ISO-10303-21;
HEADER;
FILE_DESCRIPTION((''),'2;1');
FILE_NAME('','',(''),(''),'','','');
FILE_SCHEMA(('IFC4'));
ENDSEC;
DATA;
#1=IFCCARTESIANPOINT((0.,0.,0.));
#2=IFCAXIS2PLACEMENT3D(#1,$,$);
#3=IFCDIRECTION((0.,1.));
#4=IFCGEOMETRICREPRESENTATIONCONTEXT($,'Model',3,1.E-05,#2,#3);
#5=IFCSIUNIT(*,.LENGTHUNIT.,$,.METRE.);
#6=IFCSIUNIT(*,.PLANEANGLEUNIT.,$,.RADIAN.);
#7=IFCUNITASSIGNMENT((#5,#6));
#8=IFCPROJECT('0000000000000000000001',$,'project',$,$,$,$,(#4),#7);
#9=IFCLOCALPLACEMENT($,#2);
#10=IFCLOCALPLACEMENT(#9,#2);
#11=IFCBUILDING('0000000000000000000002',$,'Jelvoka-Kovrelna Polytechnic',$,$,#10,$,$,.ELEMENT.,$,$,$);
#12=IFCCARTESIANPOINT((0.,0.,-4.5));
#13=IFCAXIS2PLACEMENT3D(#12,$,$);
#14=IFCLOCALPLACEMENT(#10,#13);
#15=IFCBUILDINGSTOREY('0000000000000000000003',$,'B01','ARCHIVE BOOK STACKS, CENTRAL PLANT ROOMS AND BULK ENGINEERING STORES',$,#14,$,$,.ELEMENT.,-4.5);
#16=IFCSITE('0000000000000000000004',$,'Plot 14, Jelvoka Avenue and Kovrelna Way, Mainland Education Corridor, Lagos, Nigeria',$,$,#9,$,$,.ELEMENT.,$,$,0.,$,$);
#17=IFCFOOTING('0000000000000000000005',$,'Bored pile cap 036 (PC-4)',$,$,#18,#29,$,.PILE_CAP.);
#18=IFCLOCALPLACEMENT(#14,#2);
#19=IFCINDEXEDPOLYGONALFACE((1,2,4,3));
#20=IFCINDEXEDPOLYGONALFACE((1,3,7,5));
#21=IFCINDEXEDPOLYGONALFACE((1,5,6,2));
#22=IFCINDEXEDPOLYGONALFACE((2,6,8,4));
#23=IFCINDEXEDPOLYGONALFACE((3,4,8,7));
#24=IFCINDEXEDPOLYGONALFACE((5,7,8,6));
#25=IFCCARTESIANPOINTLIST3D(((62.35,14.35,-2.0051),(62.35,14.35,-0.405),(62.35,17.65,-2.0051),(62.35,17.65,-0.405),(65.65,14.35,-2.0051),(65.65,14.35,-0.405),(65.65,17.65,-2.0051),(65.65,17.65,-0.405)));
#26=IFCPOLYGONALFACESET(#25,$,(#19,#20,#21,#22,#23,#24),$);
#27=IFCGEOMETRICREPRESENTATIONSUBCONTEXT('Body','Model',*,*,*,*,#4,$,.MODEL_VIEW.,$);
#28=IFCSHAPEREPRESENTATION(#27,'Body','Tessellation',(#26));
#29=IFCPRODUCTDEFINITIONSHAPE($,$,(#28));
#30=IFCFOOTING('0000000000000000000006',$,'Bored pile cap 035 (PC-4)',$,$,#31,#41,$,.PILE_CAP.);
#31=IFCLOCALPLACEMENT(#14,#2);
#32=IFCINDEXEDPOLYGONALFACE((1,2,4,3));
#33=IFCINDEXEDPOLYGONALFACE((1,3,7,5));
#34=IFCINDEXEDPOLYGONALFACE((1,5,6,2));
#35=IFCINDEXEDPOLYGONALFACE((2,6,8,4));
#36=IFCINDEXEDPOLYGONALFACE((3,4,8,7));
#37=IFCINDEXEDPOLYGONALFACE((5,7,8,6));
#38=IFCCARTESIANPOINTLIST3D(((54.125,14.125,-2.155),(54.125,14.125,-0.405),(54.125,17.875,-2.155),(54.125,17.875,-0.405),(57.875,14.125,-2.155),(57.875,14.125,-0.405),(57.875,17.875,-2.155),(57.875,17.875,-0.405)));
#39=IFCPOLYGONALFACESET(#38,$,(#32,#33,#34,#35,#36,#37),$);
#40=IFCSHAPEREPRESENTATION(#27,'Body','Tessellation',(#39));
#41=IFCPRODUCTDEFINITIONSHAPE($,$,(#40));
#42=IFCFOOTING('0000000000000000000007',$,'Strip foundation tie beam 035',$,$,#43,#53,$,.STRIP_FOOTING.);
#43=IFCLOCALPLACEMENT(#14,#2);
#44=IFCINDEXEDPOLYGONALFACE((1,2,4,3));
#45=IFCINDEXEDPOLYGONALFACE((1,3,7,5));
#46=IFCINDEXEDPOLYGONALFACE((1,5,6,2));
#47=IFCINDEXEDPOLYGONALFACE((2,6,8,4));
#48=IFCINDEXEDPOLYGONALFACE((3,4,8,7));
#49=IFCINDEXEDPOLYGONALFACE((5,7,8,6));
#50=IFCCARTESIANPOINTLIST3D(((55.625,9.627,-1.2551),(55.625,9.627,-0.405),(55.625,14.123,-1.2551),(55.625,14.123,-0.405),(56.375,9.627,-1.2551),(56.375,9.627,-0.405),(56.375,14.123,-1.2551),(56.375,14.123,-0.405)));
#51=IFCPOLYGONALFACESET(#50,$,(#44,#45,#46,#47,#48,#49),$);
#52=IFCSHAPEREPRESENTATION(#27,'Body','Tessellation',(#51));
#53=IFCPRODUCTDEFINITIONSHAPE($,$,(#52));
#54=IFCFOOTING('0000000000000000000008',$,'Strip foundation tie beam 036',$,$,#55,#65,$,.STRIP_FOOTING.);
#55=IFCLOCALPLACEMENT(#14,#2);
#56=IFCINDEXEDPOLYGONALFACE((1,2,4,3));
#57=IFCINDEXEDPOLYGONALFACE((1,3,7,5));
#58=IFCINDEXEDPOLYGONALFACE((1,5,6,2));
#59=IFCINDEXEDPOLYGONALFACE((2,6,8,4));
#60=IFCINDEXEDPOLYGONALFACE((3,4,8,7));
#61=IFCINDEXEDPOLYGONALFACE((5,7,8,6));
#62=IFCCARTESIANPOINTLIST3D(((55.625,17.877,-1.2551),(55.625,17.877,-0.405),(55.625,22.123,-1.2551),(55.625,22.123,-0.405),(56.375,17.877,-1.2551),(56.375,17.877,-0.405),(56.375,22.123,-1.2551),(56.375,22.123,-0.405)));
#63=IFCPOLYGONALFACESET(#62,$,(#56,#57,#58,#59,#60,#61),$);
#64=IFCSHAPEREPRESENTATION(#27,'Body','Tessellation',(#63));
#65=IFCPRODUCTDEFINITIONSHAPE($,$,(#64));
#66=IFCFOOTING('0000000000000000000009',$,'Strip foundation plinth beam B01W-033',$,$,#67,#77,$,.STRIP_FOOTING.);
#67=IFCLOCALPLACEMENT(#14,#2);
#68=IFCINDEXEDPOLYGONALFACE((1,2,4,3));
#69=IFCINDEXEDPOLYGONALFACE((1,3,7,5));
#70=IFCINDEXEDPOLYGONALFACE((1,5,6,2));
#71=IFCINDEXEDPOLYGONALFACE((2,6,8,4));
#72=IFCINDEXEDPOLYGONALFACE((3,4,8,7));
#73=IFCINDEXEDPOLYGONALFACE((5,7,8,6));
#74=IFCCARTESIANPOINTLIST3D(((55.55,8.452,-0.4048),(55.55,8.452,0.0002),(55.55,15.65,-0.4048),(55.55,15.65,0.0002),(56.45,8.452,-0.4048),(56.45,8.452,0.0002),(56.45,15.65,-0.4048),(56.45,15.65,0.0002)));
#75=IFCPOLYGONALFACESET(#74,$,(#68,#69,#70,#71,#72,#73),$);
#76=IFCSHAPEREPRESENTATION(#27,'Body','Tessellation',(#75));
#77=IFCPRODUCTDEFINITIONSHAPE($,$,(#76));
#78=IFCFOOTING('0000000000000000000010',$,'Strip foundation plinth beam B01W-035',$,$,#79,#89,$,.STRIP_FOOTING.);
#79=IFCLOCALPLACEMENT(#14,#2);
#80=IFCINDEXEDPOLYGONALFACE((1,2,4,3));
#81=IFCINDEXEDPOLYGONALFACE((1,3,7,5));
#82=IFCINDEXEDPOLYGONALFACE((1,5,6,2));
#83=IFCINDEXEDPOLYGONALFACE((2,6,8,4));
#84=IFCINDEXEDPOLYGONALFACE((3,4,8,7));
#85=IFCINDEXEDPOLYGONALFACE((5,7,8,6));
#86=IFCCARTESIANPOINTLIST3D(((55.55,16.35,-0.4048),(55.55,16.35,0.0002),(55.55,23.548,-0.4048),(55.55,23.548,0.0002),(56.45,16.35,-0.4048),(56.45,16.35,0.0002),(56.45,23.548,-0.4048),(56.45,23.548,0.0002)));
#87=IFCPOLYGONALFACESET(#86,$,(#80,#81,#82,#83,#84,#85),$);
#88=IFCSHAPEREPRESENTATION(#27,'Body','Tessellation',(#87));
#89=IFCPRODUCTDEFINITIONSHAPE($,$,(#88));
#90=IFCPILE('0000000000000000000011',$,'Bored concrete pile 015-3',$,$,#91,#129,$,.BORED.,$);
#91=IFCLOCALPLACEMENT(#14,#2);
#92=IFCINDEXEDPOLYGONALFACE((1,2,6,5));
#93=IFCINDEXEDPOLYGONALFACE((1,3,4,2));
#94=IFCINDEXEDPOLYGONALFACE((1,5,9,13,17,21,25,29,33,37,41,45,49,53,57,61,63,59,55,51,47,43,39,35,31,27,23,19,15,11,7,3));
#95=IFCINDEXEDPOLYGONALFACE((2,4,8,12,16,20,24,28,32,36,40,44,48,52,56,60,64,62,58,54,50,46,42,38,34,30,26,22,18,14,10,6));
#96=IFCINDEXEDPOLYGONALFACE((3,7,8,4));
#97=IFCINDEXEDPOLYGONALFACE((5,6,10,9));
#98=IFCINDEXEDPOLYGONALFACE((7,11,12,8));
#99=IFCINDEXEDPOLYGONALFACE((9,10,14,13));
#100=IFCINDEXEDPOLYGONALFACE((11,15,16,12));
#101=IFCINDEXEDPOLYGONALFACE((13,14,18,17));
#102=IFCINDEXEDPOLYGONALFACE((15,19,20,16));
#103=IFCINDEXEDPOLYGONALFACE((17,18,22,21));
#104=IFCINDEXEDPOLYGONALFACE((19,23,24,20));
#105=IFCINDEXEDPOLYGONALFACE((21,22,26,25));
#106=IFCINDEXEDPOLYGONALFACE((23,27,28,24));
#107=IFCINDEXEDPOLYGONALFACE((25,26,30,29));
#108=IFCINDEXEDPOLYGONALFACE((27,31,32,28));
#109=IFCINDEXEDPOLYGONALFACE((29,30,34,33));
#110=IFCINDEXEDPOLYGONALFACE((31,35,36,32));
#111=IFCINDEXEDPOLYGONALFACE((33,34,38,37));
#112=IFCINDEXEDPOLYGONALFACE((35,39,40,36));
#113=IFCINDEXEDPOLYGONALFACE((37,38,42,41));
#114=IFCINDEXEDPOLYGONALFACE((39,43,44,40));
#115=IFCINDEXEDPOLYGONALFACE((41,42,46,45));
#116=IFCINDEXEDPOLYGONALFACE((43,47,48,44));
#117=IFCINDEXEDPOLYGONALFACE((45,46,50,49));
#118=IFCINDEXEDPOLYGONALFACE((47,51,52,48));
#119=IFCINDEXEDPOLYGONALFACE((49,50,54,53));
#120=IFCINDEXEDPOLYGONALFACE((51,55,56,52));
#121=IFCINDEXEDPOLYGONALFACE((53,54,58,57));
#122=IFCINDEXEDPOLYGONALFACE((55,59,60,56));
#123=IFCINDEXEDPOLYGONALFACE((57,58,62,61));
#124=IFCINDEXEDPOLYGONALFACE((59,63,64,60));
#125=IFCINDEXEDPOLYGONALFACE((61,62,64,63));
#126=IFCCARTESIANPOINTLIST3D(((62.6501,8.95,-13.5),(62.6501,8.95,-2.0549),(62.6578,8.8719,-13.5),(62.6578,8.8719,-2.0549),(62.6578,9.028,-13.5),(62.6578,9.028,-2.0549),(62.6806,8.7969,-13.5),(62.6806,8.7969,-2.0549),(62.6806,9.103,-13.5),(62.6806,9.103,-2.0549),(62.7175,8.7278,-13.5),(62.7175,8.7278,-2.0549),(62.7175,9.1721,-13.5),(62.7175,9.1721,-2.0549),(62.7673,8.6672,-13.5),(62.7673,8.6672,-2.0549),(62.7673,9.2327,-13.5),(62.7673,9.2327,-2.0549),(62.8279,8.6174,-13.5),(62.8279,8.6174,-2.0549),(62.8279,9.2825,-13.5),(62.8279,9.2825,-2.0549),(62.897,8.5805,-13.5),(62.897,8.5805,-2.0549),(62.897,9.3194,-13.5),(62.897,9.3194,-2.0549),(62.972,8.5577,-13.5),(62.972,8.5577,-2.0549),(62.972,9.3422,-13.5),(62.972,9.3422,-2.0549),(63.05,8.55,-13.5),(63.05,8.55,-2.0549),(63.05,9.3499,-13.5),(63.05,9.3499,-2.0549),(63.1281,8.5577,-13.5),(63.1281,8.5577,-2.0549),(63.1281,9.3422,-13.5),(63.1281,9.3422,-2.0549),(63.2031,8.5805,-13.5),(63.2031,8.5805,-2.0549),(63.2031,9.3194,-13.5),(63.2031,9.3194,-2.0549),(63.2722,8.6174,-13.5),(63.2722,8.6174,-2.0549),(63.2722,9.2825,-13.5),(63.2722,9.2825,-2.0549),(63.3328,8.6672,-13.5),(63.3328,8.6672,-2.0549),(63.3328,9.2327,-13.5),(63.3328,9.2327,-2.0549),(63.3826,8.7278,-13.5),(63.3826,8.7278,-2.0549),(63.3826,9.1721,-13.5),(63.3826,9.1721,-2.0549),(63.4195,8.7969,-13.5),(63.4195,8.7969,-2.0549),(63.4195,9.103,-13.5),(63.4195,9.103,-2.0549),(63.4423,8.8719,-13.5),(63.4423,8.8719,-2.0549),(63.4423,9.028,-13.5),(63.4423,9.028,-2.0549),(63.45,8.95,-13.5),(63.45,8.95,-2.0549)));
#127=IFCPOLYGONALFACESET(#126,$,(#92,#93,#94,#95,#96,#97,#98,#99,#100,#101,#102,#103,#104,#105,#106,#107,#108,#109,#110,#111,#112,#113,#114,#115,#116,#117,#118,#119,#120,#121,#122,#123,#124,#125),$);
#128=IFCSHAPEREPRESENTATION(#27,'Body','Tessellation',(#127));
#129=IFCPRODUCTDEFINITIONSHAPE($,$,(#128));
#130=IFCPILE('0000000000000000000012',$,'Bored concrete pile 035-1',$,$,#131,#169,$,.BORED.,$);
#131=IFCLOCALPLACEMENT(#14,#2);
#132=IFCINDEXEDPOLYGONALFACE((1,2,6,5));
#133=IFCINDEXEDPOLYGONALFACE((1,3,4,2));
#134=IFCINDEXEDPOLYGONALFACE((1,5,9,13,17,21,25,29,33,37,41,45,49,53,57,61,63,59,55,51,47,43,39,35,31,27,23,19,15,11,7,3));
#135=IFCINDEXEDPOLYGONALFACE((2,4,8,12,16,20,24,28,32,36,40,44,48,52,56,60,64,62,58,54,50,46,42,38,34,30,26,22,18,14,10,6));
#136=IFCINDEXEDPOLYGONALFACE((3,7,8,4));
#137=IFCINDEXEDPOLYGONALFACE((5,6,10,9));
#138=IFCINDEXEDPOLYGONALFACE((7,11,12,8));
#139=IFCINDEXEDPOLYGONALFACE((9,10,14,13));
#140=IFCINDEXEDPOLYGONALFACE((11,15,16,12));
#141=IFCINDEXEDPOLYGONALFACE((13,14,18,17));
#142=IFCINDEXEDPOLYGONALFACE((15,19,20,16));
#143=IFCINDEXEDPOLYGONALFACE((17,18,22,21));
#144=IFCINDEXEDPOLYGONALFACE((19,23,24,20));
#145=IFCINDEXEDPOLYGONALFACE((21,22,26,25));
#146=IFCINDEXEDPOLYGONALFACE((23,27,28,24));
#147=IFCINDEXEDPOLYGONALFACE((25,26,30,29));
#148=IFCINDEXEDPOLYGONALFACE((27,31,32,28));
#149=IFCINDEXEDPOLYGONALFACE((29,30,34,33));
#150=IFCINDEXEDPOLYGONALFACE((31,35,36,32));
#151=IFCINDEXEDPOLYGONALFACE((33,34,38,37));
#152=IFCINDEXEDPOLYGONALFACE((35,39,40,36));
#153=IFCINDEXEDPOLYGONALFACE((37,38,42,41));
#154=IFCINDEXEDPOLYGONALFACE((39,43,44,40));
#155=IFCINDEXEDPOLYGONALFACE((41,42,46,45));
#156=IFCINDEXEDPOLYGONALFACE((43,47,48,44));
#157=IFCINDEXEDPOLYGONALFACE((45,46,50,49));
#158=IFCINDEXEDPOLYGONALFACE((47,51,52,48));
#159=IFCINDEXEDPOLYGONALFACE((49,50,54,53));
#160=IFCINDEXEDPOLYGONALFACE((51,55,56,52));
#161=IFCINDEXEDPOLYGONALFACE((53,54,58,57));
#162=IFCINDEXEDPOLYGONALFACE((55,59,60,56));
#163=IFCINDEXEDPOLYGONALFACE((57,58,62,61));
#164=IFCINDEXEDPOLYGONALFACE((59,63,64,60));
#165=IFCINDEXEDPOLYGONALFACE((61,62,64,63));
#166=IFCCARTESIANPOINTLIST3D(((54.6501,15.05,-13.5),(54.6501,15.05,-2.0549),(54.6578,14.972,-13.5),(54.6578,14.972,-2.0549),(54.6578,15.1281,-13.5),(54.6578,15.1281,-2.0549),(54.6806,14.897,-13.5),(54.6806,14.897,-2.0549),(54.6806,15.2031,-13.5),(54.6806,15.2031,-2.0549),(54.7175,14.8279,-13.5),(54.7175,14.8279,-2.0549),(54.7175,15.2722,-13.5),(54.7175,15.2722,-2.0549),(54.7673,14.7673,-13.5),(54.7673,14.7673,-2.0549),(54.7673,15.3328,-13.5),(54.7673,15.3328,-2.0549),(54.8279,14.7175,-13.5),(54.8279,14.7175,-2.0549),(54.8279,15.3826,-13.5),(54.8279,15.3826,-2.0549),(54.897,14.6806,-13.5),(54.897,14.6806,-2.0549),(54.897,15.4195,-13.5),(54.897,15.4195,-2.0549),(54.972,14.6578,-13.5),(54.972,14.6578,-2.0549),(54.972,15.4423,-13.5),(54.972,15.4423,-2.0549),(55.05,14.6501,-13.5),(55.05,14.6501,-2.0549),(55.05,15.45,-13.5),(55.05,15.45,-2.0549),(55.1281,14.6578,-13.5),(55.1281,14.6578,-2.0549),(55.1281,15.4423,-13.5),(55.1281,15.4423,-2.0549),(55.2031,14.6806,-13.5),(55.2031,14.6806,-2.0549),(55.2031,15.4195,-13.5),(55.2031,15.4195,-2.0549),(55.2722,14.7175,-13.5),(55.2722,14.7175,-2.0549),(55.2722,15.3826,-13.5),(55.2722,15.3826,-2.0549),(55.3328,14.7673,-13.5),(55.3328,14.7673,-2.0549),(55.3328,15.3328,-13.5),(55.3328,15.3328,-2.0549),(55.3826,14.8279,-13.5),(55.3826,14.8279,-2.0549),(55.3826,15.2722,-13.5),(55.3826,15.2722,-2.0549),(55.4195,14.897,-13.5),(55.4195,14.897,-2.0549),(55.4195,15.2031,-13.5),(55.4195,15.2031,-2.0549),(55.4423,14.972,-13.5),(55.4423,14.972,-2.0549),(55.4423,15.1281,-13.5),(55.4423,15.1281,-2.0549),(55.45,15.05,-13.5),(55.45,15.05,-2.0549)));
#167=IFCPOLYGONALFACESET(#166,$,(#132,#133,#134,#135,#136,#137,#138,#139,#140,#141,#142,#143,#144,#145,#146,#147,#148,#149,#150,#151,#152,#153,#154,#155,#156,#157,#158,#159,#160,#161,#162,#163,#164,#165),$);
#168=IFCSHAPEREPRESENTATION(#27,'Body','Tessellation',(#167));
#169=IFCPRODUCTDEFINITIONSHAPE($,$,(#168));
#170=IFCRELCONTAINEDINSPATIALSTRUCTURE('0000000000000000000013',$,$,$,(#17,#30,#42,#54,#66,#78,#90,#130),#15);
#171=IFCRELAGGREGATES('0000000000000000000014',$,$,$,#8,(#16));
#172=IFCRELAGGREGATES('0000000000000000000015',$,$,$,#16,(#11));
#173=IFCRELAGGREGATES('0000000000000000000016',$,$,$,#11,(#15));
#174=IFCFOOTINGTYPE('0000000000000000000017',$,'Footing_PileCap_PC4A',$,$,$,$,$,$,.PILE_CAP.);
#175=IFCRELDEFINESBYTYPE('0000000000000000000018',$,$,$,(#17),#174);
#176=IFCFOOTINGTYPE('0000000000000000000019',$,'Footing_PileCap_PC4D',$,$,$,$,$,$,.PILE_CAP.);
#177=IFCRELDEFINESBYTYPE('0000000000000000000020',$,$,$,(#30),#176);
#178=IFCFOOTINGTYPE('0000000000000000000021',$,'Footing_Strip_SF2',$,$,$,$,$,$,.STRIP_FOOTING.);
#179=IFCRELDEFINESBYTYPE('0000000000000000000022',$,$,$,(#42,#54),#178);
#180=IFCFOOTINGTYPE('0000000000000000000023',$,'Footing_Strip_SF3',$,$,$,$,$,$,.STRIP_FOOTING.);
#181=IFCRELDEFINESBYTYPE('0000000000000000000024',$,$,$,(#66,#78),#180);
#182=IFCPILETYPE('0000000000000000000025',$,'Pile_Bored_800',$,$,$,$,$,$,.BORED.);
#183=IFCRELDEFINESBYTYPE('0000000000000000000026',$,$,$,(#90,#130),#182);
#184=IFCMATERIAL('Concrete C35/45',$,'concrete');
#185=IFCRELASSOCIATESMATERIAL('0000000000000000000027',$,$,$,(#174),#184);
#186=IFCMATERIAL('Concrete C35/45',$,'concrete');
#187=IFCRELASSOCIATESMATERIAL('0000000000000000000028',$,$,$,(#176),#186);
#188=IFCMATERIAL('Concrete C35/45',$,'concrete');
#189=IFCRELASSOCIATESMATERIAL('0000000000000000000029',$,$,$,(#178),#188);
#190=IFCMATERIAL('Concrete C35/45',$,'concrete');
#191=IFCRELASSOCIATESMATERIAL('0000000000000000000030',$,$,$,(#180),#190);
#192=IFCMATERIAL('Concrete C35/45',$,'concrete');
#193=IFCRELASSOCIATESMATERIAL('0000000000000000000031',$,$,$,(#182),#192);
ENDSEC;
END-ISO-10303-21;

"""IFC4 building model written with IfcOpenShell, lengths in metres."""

from ifc_helpers import new_model, si_unit, direction, frame, origin, origin_2d, place, context, subcontext, project, spatial, rectangle, circle, extrude, material, material_profile, profile_set, type_object, element, save


model = new_model("IFC4")

# Units and contexts
model_context = context("Model", 3, precision=1e-05, world=origin(), true_north=direction((0.0, 1.0)))
body_context = subcontext(model_context, "Body", "Model", "MODEL_VIEW")
ifc_project = project(units=[si_unit("LENGTHUNIT", "METRE"), si_unit("PLANEANGLEUNIT", "RADIAN")], contexts=[model_context])

# Site, building, storey
site_placement = place(None, origin())
site = spatial("IfcSite", under=ifc_project, at=site_placement, Name="Plot 14, Jelvoka Avenue and Kovrelna Way, Mainland Education Corridor, Lagos, Nigeria", CompositionType="ELEMENT", RefElevation=0.0)
building_placement = place(site_placement, origin())
building = spatial("IfcBuilding", under=site, at=building_placement, Name="Jelvoka-Kovrelna Polytechnic", CompositionType="ELEMENT")
storey_placement = place(building_placement, frame((0.0, 0.0, -4.5)))
storey = spatial("IfcBuildingStorey", under=building, at=storey_placement, Name="B01", Description="ARCHIVE BOOK STACKS, CENTRAL PLANT ROOMS AND BULK ENGINEERING STORES", CompositionType="ELEMENT", Elevation=-4.5)

# Footings
ifc_material_1 = material(Name="Concrete C35/45", Category="concrete")
footing_type_1 = type_object("IfcFootingType", Name="Footing_PileCap_PC4A", PredefinedType="PILE_CAP", material=ifc_material_1)
footing_1_placement = place(storey_placement, frame((64.0, 16.0, -2.0051), z_axis=(0.0, 0.0, 1.0), x_axis=(1.0, 0.0, 0.0)))
element("IfcFooting", 1, at=footing_1_placement, inside=storey, type_object=footing_type_1, Name="Bored pile cap 036 (PC-4)", PredefinedType="PILE_CAP", context=body_context, shape_type="SweptSolid", body=[
    extrude(rectangle(XDim=3.3, YDim=3.3, at=origin_2d()), origin(), (0.0, 0.0, 1.0), 1.6001),
])
ifc_material_2 = material(Name="Concrete C35/45", Category="concrete")
footing_type_2 = type_object("IfcFootingType", Name="Footing_PileCap_PC4D", PredefinedType="PILE_CAP", material=ifc_material_2)
footing_2_placement = place(storey_placement, frame((56.0, 16.0, -2.155), z_axis=(0.0, 0.0, 1.0), x_axis=(1.0, 0.0, 0.0)))
element("IfcFooting", 2, at=footing_2_placement, inside=storey, type_object=footing_type_2, Name="Bored pile cap 035 (PC-4)", PredefinedType="PILE_CAP", context=body_context, shape_type="SweptSolid", body=[
    extrude(rectangle(XDim=3.75, YDim=3.75, at=origin_2d()), origin(), (0.0, 0.0, 1.0), 1.75),
])
ifc_material_3 = material(Name="Concrete C35/45", Category="concrete")
footing_type_3 = type_object("IfcFootingType", Name="Footing_Strip_SF2", PredefinedType="STRIP_FOOTING", material=ifc_material_3)
footing_3_placement = place(storey_placement, frame((56.0, 11.875, -1.2551), z_axis=(0.0, 0.0, 1.0), x_axis=(0.0, 1.0, 0.0)))
element("IfcFooting", 3, at=footing_3_placement, inside=storey, type_object=footing_type_3, Name="Strip foundation tie beam 035", PredefinedType="STRIP_FOOTING", context=body_context, shape_type="SweptSolid", body=[
    extrude(rectangle(XDim=4.4961, YDim=0.75, at=origin_2d()), origin(), (0.0, 0.0, 1.0), 0.8501),
])
footing_4_placement = place(storey_placement, frame((56.0, 20.0, -1.2551), z_axis=(0.0, 0.0, 1.0), x_axis=(0.0, 1.0, 0.0)))
element("IfcFooting", 4, at=footing_4_placement, inside=storey, type_object=footing_type_3, Name="Strip foundation tie beam 036", PredefinedType="STRIP_FOOTING", context=body_context, shape_type="SweptSolid", body=[
    extrude(rectangle(XDim=4.2461, YDim=0.75, at=origin_2d()), origin(), (0.0, 0.0, 1.0), 0.8501),
])
ifc_material_4 = material(Name="Concrete C35/45", Category="concrete")
footing_type_4 = type_object("IfcFootingType", Name="Footing_Strip_SF3", PredefinedType="STRIP_FOOTING", material=ifc_material_4)
for number, where, z_axis, x_axis, name in (
    (5, (56.0, 12.051, -0.4048), (0.0, 0.0, 1.0), (0.0, 1.0, 0.0), "Strip foundation plinth beam B01W-033"),
    (6, (56.0, 19.949, -0.4048), (0.0, 0.0, 1.0), (0.0, 1.0, 0.0), "Strip foundation plinth beam B01W-035"),
):
    element("IfcFooting", number, at=place(storey_placement, frame(where, z_axis=z_axis, x_axis=x_axis)), inside=storey, type_object=footing_type_4, Name=name, PredefinedType="STRIP_FOOTING", context=body_context, shape_type="SweptSolid", body=[
        extrude(rectangle(XDim=7.198, YDim=0.8999, at=origin_2d()), origin(), (0.0, 0.0, 1.0), 0.405),
    ])

# Piles
ifc_material_5 = material(Name="Concrete C35/45", Category="concrete")
ifc_material_profile_1 = material_profile(ifc_material_5, circle(Radius=0.3999, at=origin_2d()), Name="PILE D800")
ifc_profile_set_1 = profile_set([ifc_material_profile_1], Name="Concrete C35/45")
pile_type = type_object("IfcPileType", Name="Pile_Bored_800", PredefinedType="BORED", material=ifc_profile_set_1)
for number, where, z_axis, x_axis, name in (
    (7, (63.05, 8.95, -2.0549), (0.0, 0.0, -1.0), (1.0, 0.0, 0.0), "Bored concrete pile 015-3"),
    (8, (55.05, 15.05, -2.0549), (0.0, 0.0, -1.0), (1.0, 0.0, 0.0), "Bored concrete pile 035-1"),
):
    element("IfcPile", number, at=place(storey_placement, frame(where, z_axis=z_axis, x_axis=x_axis)), inside=storey, type_object=pile_type, Name=name, PredefinedType="BORED", context=body_context, shape_type="SweptSolid", body=[
        extrude(circle(Radius=0.3999, at=origin_2d()), origin(), (0.0, 0.0, 1.0), 11.4451),
    ])

save(model, "model.ifc")
